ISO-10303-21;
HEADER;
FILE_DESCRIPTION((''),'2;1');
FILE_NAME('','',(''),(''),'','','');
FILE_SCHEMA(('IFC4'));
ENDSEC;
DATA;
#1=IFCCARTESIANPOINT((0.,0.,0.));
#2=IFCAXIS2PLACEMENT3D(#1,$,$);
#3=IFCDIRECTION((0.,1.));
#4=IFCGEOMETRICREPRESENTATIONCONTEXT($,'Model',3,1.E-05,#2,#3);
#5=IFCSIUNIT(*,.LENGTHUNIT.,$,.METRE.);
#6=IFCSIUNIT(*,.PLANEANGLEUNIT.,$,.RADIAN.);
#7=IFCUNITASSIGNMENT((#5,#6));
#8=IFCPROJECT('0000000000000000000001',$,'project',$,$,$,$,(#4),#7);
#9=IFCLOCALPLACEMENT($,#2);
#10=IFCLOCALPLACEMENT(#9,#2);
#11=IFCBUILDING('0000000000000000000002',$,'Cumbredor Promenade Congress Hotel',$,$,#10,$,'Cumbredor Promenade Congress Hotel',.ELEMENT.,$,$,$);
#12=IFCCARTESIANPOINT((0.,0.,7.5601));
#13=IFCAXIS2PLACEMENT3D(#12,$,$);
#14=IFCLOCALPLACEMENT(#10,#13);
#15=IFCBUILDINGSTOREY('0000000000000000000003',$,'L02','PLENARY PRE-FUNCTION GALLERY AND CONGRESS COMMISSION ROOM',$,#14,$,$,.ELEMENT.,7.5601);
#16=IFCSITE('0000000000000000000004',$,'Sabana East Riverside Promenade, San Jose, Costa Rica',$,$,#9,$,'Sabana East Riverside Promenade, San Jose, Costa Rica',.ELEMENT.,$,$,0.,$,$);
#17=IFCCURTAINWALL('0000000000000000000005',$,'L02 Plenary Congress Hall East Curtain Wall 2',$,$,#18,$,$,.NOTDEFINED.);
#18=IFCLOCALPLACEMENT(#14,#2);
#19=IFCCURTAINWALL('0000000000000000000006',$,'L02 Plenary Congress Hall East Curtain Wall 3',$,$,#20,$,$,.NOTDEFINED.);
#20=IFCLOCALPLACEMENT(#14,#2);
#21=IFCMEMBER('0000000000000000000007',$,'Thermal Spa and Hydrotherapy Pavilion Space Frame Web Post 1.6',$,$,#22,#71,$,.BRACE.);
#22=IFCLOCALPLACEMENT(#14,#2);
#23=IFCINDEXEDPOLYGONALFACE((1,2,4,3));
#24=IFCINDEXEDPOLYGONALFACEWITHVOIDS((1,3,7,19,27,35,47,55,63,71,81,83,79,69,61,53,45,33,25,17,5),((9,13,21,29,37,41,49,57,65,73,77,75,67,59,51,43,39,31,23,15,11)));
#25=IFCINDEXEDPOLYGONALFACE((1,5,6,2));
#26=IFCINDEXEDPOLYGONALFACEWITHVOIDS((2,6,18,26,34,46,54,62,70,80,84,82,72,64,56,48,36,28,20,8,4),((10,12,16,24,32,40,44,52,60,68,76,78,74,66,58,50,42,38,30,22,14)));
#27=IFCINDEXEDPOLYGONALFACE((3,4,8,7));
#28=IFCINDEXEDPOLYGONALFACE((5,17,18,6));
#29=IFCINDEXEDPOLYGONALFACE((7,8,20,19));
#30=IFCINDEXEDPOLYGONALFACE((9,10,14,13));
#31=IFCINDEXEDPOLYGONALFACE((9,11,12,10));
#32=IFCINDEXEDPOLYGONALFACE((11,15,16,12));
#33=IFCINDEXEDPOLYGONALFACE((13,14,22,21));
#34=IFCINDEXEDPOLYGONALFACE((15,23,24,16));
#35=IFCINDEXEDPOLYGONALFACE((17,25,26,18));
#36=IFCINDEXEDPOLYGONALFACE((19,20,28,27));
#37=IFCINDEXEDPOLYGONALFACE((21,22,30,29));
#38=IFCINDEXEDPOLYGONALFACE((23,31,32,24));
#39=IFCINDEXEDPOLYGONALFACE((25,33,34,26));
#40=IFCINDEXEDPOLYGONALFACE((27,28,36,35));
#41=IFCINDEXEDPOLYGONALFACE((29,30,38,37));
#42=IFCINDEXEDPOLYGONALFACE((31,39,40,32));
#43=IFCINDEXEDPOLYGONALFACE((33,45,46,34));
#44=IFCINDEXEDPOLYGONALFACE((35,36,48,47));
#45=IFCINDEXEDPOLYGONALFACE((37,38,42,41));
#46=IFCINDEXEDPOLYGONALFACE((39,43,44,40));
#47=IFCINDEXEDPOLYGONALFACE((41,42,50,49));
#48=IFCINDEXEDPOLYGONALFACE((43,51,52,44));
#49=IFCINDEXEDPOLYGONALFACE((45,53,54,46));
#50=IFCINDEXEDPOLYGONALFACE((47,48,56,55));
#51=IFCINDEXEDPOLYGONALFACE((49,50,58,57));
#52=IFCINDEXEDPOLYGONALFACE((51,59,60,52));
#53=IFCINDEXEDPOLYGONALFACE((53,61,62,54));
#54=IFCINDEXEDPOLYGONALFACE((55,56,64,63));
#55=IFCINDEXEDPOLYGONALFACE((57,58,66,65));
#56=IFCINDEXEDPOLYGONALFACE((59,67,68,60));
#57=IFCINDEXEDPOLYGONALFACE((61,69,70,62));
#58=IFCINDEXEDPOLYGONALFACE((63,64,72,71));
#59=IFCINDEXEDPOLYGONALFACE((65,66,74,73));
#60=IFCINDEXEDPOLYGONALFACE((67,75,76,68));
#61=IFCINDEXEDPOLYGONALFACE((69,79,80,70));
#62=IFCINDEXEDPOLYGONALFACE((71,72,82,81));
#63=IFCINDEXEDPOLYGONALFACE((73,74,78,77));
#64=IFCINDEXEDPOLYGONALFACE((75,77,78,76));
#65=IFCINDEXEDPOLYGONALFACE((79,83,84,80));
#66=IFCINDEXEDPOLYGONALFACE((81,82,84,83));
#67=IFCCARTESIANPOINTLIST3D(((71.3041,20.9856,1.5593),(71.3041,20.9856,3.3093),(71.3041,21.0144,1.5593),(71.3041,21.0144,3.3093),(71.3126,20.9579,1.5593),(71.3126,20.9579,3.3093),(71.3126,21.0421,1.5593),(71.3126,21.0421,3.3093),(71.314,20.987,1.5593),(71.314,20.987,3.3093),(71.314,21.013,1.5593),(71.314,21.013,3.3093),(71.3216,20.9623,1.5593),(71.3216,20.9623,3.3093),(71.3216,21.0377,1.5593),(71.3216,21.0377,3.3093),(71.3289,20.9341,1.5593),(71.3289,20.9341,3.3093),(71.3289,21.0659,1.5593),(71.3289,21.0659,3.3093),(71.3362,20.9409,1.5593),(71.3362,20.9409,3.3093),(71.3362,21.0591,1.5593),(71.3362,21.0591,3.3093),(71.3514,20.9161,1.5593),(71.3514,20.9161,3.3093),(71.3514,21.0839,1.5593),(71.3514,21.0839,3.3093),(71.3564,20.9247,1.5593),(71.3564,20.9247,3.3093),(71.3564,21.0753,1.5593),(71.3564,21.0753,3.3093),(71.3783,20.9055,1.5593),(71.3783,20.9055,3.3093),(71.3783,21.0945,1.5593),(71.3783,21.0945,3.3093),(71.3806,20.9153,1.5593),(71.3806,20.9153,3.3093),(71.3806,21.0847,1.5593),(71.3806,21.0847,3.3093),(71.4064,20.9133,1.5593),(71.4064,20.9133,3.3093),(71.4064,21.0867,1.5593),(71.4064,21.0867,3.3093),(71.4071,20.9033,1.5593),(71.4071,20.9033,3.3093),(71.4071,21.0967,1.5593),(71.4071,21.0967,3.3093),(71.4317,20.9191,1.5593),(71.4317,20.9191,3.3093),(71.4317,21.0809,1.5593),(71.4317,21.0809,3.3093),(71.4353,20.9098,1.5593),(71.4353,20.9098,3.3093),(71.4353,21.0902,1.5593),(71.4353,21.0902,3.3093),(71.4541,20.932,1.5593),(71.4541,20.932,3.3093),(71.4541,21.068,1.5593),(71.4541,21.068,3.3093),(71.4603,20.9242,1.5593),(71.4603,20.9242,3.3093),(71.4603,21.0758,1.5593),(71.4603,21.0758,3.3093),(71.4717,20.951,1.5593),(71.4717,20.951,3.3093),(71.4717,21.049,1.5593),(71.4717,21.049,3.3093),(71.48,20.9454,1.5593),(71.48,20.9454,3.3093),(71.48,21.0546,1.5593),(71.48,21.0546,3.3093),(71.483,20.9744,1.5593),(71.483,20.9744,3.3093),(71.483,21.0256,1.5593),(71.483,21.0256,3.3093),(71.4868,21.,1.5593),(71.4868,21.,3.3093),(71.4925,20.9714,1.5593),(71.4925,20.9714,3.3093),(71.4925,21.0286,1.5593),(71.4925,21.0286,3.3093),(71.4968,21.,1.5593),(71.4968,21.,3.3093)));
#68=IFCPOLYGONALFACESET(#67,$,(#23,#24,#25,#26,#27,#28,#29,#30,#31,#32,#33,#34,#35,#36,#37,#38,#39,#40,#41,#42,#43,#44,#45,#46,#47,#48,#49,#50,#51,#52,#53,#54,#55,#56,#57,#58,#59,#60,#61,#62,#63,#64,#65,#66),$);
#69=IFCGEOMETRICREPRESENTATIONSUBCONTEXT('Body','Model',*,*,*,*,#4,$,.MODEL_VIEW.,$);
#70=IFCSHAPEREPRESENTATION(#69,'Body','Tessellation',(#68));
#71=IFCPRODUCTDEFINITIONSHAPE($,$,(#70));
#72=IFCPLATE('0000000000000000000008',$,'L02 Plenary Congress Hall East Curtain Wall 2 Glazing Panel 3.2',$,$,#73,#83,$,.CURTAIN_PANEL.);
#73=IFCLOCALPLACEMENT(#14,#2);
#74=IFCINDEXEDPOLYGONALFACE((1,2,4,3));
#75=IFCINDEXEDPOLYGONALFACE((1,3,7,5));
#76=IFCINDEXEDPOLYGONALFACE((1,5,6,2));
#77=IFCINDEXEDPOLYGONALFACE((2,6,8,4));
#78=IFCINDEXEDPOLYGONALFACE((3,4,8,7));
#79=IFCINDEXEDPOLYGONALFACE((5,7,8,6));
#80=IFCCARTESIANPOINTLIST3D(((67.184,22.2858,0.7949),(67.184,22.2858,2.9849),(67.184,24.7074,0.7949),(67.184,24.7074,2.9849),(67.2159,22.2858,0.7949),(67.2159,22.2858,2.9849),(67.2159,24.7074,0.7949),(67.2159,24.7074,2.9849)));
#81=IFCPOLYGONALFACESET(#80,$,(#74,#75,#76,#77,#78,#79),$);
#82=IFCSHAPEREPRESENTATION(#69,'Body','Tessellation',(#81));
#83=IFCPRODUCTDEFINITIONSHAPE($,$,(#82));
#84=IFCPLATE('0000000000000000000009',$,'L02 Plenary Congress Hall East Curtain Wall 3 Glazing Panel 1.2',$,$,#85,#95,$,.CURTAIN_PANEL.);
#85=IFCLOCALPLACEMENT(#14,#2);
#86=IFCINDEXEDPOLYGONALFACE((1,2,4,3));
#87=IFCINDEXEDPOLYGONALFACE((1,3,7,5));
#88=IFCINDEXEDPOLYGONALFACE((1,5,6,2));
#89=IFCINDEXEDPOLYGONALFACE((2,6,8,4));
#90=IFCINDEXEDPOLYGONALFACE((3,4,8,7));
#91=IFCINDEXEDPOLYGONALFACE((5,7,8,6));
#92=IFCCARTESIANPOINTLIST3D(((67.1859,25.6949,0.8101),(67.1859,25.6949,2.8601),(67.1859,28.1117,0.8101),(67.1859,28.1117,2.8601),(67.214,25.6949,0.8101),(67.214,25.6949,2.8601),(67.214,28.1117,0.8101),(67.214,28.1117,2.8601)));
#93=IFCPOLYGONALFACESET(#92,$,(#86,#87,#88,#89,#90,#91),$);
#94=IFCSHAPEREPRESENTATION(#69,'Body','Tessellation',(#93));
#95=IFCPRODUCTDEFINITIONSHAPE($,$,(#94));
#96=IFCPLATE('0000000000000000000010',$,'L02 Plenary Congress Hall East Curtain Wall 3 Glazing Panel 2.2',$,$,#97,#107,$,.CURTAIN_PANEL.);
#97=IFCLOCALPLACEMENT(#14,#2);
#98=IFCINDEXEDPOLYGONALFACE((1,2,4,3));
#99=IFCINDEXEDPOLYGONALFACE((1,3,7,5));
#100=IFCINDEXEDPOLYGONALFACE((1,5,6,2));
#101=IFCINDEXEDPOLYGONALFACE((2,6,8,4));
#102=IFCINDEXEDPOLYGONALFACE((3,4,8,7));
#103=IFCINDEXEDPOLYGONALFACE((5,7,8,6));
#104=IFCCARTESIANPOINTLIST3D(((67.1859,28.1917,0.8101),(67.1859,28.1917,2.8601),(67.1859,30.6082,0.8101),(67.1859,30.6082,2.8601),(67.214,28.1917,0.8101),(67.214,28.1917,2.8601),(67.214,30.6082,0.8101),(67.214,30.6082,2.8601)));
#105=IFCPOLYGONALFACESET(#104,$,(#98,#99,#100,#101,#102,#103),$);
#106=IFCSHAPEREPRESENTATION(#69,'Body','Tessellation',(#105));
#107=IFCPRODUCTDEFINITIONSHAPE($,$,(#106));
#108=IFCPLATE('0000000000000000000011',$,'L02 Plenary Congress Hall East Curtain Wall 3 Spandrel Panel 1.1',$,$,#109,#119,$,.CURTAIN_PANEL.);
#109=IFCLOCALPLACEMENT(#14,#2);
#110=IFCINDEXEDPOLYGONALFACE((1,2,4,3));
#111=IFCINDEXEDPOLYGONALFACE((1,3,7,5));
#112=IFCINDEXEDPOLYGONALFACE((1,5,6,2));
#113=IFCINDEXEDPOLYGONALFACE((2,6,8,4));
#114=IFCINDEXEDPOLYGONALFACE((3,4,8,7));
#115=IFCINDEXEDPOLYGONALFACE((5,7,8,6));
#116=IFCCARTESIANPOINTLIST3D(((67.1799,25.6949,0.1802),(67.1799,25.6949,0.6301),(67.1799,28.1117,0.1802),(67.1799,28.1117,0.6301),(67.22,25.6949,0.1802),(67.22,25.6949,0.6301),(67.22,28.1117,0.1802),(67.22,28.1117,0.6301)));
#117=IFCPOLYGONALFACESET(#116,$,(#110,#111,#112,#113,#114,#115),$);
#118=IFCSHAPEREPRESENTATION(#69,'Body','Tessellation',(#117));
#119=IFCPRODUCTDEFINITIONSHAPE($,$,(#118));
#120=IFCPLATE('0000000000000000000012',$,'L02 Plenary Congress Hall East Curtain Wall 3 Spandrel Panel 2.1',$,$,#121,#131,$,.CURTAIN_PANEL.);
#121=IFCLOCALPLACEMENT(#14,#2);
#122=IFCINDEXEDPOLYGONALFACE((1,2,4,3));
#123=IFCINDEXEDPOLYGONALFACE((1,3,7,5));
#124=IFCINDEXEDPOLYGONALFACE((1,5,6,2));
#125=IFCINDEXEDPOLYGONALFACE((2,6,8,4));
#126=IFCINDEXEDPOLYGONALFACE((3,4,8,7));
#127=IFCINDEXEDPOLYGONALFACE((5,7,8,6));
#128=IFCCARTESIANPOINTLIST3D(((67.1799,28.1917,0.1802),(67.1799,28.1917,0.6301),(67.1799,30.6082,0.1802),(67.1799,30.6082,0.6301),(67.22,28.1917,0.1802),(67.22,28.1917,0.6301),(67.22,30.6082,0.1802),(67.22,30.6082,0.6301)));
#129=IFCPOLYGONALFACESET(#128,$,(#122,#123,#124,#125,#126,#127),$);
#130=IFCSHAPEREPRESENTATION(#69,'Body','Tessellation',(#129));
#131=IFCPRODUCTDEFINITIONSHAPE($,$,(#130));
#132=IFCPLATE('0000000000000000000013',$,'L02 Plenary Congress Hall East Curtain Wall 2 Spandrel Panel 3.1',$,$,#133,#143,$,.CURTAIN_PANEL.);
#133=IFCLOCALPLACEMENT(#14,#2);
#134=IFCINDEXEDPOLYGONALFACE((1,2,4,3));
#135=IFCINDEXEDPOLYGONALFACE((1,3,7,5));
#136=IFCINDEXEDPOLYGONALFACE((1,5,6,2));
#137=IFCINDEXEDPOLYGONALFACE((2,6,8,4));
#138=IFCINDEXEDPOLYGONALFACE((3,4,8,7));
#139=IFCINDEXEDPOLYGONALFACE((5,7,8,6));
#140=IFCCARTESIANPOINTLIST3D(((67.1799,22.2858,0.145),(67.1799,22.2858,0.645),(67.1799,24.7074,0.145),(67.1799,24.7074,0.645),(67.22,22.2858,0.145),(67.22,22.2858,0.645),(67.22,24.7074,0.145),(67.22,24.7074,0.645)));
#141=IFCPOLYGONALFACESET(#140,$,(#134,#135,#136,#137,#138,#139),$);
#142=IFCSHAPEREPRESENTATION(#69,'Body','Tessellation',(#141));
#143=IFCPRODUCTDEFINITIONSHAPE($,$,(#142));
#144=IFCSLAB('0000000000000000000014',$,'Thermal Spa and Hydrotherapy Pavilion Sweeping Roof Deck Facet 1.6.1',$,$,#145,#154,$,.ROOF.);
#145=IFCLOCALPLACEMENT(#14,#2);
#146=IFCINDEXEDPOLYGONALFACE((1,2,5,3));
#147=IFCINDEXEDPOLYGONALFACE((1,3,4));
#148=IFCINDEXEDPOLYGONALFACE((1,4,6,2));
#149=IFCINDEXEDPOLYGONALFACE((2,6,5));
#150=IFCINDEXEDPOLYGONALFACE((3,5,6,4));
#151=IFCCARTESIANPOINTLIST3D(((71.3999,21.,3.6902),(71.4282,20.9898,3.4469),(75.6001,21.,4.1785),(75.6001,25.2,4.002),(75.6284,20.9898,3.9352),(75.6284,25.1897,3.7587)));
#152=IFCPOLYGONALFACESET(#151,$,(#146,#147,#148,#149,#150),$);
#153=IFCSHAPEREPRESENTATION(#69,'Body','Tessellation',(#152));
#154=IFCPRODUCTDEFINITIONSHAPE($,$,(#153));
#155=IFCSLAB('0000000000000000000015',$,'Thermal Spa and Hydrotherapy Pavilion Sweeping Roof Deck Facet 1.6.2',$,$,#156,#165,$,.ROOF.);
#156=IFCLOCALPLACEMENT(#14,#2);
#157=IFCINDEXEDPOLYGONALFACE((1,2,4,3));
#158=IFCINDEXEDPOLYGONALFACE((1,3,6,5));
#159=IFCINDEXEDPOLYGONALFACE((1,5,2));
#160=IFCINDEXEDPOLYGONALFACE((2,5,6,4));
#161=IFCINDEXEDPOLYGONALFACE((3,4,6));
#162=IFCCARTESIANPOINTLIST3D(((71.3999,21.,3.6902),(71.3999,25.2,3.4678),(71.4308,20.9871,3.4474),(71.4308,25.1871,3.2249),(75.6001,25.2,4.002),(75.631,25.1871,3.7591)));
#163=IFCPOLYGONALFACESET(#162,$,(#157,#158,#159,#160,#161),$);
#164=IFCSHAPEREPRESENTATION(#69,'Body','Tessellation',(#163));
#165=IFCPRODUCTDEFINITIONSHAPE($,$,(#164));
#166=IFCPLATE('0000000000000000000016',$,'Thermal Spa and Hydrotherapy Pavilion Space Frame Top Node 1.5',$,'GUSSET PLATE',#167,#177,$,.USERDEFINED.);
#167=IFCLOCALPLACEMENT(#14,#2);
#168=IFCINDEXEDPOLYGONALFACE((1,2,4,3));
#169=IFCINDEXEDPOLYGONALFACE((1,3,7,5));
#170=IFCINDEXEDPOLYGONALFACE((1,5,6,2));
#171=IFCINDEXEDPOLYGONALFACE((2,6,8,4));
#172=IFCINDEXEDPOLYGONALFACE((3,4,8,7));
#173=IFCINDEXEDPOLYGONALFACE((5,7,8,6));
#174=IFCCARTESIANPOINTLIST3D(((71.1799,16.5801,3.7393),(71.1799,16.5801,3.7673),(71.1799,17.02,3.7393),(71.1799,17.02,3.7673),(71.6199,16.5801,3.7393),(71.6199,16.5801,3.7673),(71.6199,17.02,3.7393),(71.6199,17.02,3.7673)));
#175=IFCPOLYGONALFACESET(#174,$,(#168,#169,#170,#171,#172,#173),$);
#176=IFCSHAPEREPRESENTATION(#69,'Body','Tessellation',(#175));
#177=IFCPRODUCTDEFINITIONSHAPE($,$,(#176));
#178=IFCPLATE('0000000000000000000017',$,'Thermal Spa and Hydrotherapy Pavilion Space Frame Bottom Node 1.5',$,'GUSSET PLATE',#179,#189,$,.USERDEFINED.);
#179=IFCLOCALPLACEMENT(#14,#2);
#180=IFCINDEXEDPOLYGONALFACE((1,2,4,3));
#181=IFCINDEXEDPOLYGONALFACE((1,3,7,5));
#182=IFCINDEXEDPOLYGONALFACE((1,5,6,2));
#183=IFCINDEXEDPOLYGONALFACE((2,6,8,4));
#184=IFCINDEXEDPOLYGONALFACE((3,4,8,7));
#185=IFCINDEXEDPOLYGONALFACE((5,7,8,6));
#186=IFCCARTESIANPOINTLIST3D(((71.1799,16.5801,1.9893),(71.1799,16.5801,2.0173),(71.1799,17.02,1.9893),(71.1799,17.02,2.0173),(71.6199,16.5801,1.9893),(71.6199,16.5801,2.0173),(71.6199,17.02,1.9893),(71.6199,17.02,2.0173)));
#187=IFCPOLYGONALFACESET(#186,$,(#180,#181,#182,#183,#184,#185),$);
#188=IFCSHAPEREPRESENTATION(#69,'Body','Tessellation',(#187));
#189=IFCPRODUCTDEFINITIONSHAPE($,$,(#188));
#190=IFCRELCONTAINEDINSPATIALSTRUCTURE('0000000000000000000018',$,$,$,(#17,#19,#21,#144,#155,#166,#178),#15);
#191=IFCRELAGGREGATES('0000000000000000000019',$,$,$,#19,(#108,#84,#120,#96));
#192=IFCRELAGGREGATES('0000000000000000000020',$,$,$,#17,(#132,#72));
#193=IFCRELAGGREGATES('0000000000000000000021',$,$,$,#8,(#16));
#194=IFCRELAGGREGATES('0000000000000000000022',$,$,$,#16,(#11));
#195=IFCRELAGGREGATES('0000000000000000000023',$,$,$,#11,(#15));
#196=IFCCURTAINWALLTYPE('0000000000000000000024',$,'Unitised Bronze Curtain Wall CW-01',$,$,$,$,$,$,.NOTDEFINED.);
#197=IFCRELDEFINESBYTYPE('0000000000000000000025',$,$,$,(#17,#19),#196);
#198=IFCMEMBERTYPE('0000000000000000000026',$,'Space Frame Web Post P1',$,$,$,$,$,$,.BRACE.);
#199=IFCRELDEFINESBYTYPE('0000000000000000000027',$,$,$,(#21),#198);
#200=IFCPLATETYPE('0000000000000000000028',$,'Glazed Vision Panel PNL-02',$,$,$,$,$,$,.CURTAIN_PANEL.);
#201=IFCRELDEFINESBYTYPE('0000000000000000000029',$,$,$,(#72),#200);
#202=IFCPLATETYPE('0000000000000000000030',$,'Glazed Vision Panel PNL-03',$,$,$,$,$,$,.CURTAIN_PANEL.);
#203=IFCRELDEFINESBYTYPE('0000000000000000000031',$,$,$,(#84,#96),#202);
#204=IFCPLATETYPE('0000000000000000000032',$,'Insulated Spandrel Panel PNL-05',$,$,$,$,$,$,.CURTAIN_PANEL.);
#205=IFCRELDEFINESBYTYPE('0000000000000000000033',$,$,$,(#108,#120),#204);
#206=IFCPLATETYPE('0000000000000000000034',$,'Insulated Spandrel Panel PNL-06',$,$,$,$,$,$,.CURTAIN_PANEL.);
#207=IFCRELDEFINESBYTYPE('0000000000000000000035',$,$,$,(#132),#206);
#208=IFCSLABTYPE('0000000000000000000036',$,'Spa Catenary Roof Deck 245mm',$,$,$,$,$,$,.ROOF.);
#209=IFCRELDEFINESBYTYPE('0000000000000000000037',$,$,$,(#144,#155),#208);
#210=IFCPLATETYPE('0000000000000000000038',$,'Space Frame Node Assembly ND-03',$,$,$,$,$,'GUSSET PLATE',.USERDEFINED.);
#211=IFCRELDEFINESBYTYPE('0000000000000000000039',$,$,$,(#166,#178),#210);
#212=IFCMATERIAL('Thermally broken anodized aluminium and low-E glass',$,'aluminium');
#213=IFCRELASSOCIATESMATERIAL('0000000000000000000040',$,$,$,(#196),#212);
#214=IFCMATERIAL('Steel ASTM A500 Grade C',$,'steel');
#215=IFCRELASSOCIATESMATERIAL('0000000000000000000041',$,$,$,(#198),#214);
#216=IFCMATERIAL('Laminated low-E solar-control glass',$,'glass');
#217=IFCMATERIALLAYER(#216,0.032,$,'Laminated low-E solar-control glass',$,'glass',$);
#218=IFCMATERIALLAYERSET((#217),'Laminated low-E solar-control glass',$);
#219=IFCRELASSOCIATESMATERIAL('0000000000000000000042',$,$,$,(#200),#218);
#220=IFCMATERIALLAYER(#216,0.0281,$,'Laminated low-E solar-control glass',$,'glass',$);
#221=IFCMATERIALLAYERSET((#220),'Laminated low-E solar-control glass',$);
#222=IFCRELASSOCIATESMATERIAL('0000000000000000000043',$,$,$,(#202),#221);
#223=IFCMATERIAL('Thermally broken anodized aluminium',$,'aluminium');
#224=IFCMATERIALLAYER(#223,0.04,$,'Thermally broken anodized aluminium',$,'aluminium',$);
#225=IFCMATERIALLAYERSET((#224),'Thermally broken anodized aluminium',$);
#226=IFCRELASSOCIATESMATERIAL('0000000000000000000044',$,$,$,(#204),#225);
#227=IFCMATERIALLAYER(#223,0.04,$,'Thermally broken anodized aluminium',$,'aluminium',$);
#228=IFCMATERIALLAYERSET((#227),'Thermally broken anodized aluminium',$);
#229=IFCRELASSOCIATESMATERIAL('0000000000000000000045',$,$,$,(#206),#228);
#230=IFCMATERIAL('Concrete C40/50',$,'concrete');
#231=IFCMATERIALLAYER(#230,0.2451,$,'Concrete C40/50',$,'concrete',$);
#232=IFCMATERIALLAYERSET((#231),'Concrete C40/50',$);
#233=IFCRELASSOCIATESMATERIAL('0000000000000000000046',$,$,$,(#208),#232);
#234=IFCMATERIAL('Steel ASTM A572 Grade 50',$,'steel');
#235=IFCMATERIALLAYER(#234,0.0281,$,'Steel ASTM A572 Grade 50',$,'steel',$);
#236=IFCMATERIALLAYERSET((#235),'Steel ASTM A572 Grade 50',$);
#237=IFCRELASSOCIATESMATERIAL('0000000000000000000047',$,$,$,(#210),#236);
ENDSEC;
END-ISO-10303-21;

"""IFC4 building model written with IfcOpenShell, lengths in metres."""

from ifc_helpers import new_model, si_unit, direction, frame, origin, origin_2d, place, context, subcontext, project, spatial, polyline, rectangle, hollow_circle, outline, extrude, material, layer, layer_set, material_profile, profile_set, type_object, element, aggregate, save


model = new_model("IFC4")

# Units and contexts
model_context = context("Model", 3, precision=1e-05, world=origin(), true_north=direction((0.0, 1.0)))
body_context = subcontext(model_context, "Body", "Model", "MODEL_VIEW")
ifc_project = project(units=[si_unit("LENGTHUNIT", "METRE"), si_unit("PLANEANGLEUNIT", "RADIAN")], contexts=[model_context])

# Site, building, storey
site_placement = place(None, origin())
site = spatial("IfcSite", under=ifc_project, at=site_placement, Name="Sabana East Riverside Promenade, San Jose, Costa Rica", LongName="Sabana East Riverside Promenade, San Jose, Costa Rica", CompositionType="ELEMENT", RefElevation=0.0)
building_placement = place(site_placement, origin())
building = spatial("IfcBuilding", under=site, at=building_placement, Name="Cumbredor Promenade Congress Hotel", LongName="Cumbredor Promenade Congress Hotel", CompositionType="ELEMENT")
storey_placement = place(building_placement, frame((0.0, 0.0, 7.5601)))
storey = spatial("IfcBuildingStorey", under=building, at=storey_placement, Name="L02", Description="PLENARY PRE-FUNCTION GALLERY AND CONGRESS COMMISSION ROOM", CompositionType="ELEMENT", Elevation=7.5601)

# Shared definitions
ifc_material_1 = material(Name="Concrete C40/50", Category="concrete")

# Curtain wall
ifc_material_2 = material(Name="Thermally broken anodized aluminium and low-E glass", Category="aluminium")
curtain_wall_type = type_object("IfcCurtainWallType", Name="Unitised Bronze Curtain Wall CW-01", PredefinedType="NOTDEFINED", material=ifc_material_2)
curtain_wall_1_placement = place(storey_placement, origin())
curtain_wall_1 = element("IfcCurtainWall", 1, at=curtain_wall_1_placement, inside=storey, type_object=curtain_wall_type, Name="L02 Plenary Congress Hall East Curtain Wall 2", PredefinedType="NOTDEFINED")
ifc_material_3 = material(Name="Thermally broken anodized aluminium", Category="aluminium")

# Curtain wall
curtain_wall_2_placement = place(storey_placement, origin())
curtain_wall_2 = element("IfcCurtainWall", 2, at=curtain_wall_2_placement, inside=storey, type_object=curtain_wall_type, Name="L02 Plenary Congress Hall East Curtain Wall 3", PredefinedType="NOTDEFINED")

# Member
ifc_material_4 = material(Name="Steel ASTM A500 Grade C", Category="steel")
ifc_material_profile_1 = material_profile(ifc_material_4, hollow_circle(Radius=0.0969, WallThickness=0.01, at=origin_2d()), Name="CHS 193.7x10")
ifc_profile_set_1 = profile_set([ifc_material_profile_1], Name="Steel ASTM A500 Grade C")
member_type_1 = type_object("IfcMemberType", Name="Space Frame Web Post P1", PredefinedType="BRACE", material=ifc_profile_set_1)
for number, where, z_axis, x_axis, name in (
    (3, (71.3999, 21.0, 1.5593), (0.0, 0.0, 1.0), (1.0, 0.0, 0.0), "Thermal Spa and Hydrotherapy Pavilion Space Frame Web Post 1.6"),
):
    element("IfcMember", number, at=place(storey_placement, frame(where, z_axis=z_axis, x_axis=x_axis)), inside=storey, type_object=member_type_1, Name=name, PredefinedType="BRACE", context=body_context, shape_type="SweptSolid", body=[
        extrude(hollow_circle(Radius=0.0969, WallThickness=0.01, at=origin_2d()), origin(), (0.0, 0.0, 1.0), 1.75),
    ])

# Plates
ifc_material_5 = material(Name="Laminated low-E solar-control glass", Category="glass")
ifc_layer_1 = layer(ifc_material_5, 0.032, Name="Laminated low-E solar-control glass", Category="glass")
ifc_layer_set_1 = layer_set([ifc_layer_1], Name="Laminated low-E solar-control glass")
plate_type_1 = type_object("IfcPlateType", Name="Glazed Vision Panel PNL-02", PredefinedType="CURTAIN_PANEL", material=ifc_layer_set_1)
plate_1_placement = place(storey_placement, frame((67.2, 23.4966, 0.7949), z_axis=(0.0, 0.0, 1.0), x_axis=(0.0, 1.0, 0.0)))
plate_1 = element("IfcPlate", 4, at=plate_1_placement, type_object=plate_type_1, Name="L02 Plenary Congress Hall East Curtain Wall 2 Glazing Panel 3.2", PredefinedType="CURTAIN_PANEL", context=body_context, shape_type="SweptSolid", body=[
    extrude(rectangle(XDim=2.4216, YDim=0.032, at=origin_2d()), origin(), (0.0, 0.0, 1.0), 2.1899),
])
ifc_layer_2 = layer(ifc_material_5, 0.0281, Name="Laminated low-E solar-control glass", Category="glass")
ifc_layer_set_2 = layer_set([ifc_layer_2], Name="Laminated low-E solar-control glass")
plate_type_2 = type_object("IfcPlateType", Name="Glazed Vision Panel PNL-03", PredefinedType="CURTAIN_PANEL", material=ifc_layer_set_2)
plate_2_placement = place(storey_placement, frame((67.2, 26.9033, 0.8101), z_axis=(0.0, 0.0, 1.0), x_axis=(0.0, 1.0, 0.0)))
plate_2 = element("IfcPlate", 5, at=plate_2_placement, type_object=plate_type_2, Name="L02 Plenary Congress Hall East Curtain Wall 3 Glazing Panel 1.2", PredefinedType="CURTAIN_PANEL", context=body_context, shape_type="SweptSolid", body=[
    extrude(rectangle(XDim=2.4167, YDim=0.0281, at=origin_2d()), origin(), (0.0, 0.0, 1.0), 2.05),
])
plate_3_placement = place(storey_placement, frame((67.2, 29.3999, 0.8101), z_axis=(0.0, 0.0, 1.0), x_axis=(0.0, 1.0, 0.0)))
plate_3 = element("IfcPlate", 6, at=plate_3_placement, type_object=plate_type_2, Name="L02 Plenary Congress Hall East Curtain Wall 3 Glazing Panel 2.2", PredefinedType="CURTAIN_PANEL", context=body_context, shape_type="SweptSolid", body=[
    extrude(rectangle(XDim=2.4165, YDim=0.0281, at=origin_2d()), origin(), (0.0, 0.0, 1.0), 2.05),
])
ifc_layer_3 = layer(ifc_material_3, 0.04, Name="Thermally broken anodized aluminium", Category="aluminium")
ifc_layer_set_3 = layer_set([ifc_layer_3], Name="Thermally broken anodized aluminium")
plate_type_3 = type_object("IfcPlateType", Name="Insulated Spandrel Panel PNL-05", PredefinedType="CURTAIN_PANEL", material=ifc_layer_set_3)
plate_4_placement = place(storey_placement, frame((67.2, 26.9033, 0.1802), z_axis=(0.0, 0.0, 1.0), x_axis=(0.0, 1.0, 0.0)))
plate_4 = element("IfcPlate", 7, at=plate_4_placement, type_object=plate_type_3, Name="L02 Plenary Congress Hall East Curtain Wall 3 Spandrel Panel 1.1", PredefinedType="CURTAIN_PANEL", context=body_context, shape_type="SweptSolid", body=[
    extrude(rectangle(XDim=2.4167, YDim=0.04, at=origin_2d()), origin(), (0.0, 0.0, 1.0), 0.45),
])
plate_5_placement = place(storey_placement, frame((67.2, 29.3999, 0.1802), z_axis=(0.0, 0.0, 1.0), x_axis=(0.0, 1.0, 0.0)))
plate_5 = element("IfcPlate", 8, at=plate_5_placement, type_object=plate_type_3, Name="L02 Plenary Congress Hall East Curtain Wall 3 Spandrel Panel 2.1", PredefinedType="CURTAIN_PANEL", context=body_context, shape_type="SweptSolid", body=[
    extrude(rectangle(XDim=2.4165, YDim=0.04, at=origin_2d()), origin(), (0.0, 0.0, 1.0), 0.45),
])
aggregate(curtain_wall_2, [plate_4, plate_2, plate_5, plate_3])
ifc_layer_4 = layer(ifc_material_3, 0.04, Name="Thermally broken anodized aluminium", Category="aluminium")
ifc_layer_set_4 = layer_set([ifc_layer_4], Name="Thermally broken anodized aluminium")
plate_type_4 = type_object("IfcPlateType", Name="Insulated Spandrel Panel PNL-06", PredefinedType="CURTAIN_PANEL", material=ifc_layer_set_4)
plate_6_placement = place(storey_placement, frame((67.2, 23.4966, 0.145), z_axis=(0.0, 0.0, 1.0), x_axis=(0.0, 1.0, 0.0)))
plate_6 = element("IfcPlate", 9, at=plate_6_placement, type_object=plate_type_4, Name="L02 Plenary Congress Hall East Curtain Wall 2 Spandrel Panel 3.1", PredefinedType="CURTAIN_PANEL", context=body_context, shape_type="SweptSolid", body=[
    extrude(rectangle(XDim=2.4216, YDim=0.04, at=origin_2d()), origin(), (0.0, 0.0, 1.0), 0.5),
])
aggregate(curtain_wall_1, [plate_6, plate_1])

# Slabs
ifc_layer_5 = layer(ifc_material_1, 0.2451, Name="Concrete C40/50", Category="concrete")
ifc_layer_set_5 = layer_set([ifc_layer_5], Name="Concrete C40/50")
slab_type = type_object("IfcSlabType", Name="Spa Catenary Roof Deck 245mm", PredefinedType="ROOF", material=ifc_layer_set_5)
slab_1_placement = place(storey_placement, frame((71.3999, 21.0, 3.6902), z_axis=(-0.115374, 0.04171, 0.992446), x_axis=(0.99331, 0.0, 0.115474)))
element("IfcSlab", 10, at=slab_1_placement, inside=storey, type_object=slab_type, Name="Thermal Spa and Hydrotherapy Pavilion Sweeping Roof Deck Facet 1.6.1", PredefinedType="ROOF", context=body_context, shape_type="SweptSolid", body=[
    extrude(outline(polyline([(0.0, 0.0), (4.2285, 0.0), (4.2081, 4.2036), (0.0, 0.0)])), origin(), (0.0, 0.0, -1.0), 0.2451),
])
slab_2_placement = place(storey_placement, frame((71.3999, 21.0, 3.6902), z_axis=(-0.12599, 0.05246, 0.990643), x_axis=(0.706155, 0.706114, 0.052416)))
element("IfcSlab", 11, at=slab_2_placement, inside=storey, type_object=slab_type, Name="Thermal Spa and Hydrotherapy Pavilion Sweeping Roof Deck Facet 1.6.2", PredefinedType="ROOF", context=body_context, shape_type="SweptSolid", body=[
    extrude(outline(polyline([(0.0, 0.0), (5.948, 0.0), (2.954, 2.9938), (0.0, 0.0)])), origin(), (0.0, 0.0, -1.0), 0.2451),
])

# Plates
ifc_material_6 = material(Name="Steel ASTM A572 Grade 50", Category="steel")
ifc_layer_6 = layer(ifc_material_6, 0.0281, Name="Steel ASTM A572 Grade 50", Category="steel")
ifc_layer_set_6 = layer_set([ifc_layer_6], Name="Steel ASTM A572 Grade 50")
plate_type_5 = type_object("IfcPlateType", Name="Space Frame Node Assembly ND-03", ElementType="GUSSET PLATE", PredefinedType="USERDEFINED", material=ifc_layer_set_6)
for number, where, z_axis, x_axis, name in (
    (12, (71.3999, 16.8, 3.7393), (0.0, 0.0, 1.0), (1.0, 0.0, 0.0), "Thermal Spa and Hydrotherapy Pavilion Space Frame Top Node 1.5"),
    (13, (71.3999, 16.8, 1.9893), (0.0, 0.0, 1.0), (1.0, 0.0, 0.0), "Thermal Spa and Hydrotherapy Pavilion Space Frame Bottom Node 1.5"),
):
    element("IfcPlate", number, at=place(storey_placement, frame(where, z_axis=z_axis, x_axis=x_axis)), inside=storey, type_object=plate_type_5, Name=name, ObjectType="GUSSET PLATE", PredefinedType="USERDEFINED", context=body_context, shape_type="SweptSolid", body=[
        extrude(rectangle(XDim=0.4399, YDim=0.4399, at=origin_2d()), origin(), (0.0, 0.0, 1.0), 0.0281),
    ])

save(model, "model.ifc")
